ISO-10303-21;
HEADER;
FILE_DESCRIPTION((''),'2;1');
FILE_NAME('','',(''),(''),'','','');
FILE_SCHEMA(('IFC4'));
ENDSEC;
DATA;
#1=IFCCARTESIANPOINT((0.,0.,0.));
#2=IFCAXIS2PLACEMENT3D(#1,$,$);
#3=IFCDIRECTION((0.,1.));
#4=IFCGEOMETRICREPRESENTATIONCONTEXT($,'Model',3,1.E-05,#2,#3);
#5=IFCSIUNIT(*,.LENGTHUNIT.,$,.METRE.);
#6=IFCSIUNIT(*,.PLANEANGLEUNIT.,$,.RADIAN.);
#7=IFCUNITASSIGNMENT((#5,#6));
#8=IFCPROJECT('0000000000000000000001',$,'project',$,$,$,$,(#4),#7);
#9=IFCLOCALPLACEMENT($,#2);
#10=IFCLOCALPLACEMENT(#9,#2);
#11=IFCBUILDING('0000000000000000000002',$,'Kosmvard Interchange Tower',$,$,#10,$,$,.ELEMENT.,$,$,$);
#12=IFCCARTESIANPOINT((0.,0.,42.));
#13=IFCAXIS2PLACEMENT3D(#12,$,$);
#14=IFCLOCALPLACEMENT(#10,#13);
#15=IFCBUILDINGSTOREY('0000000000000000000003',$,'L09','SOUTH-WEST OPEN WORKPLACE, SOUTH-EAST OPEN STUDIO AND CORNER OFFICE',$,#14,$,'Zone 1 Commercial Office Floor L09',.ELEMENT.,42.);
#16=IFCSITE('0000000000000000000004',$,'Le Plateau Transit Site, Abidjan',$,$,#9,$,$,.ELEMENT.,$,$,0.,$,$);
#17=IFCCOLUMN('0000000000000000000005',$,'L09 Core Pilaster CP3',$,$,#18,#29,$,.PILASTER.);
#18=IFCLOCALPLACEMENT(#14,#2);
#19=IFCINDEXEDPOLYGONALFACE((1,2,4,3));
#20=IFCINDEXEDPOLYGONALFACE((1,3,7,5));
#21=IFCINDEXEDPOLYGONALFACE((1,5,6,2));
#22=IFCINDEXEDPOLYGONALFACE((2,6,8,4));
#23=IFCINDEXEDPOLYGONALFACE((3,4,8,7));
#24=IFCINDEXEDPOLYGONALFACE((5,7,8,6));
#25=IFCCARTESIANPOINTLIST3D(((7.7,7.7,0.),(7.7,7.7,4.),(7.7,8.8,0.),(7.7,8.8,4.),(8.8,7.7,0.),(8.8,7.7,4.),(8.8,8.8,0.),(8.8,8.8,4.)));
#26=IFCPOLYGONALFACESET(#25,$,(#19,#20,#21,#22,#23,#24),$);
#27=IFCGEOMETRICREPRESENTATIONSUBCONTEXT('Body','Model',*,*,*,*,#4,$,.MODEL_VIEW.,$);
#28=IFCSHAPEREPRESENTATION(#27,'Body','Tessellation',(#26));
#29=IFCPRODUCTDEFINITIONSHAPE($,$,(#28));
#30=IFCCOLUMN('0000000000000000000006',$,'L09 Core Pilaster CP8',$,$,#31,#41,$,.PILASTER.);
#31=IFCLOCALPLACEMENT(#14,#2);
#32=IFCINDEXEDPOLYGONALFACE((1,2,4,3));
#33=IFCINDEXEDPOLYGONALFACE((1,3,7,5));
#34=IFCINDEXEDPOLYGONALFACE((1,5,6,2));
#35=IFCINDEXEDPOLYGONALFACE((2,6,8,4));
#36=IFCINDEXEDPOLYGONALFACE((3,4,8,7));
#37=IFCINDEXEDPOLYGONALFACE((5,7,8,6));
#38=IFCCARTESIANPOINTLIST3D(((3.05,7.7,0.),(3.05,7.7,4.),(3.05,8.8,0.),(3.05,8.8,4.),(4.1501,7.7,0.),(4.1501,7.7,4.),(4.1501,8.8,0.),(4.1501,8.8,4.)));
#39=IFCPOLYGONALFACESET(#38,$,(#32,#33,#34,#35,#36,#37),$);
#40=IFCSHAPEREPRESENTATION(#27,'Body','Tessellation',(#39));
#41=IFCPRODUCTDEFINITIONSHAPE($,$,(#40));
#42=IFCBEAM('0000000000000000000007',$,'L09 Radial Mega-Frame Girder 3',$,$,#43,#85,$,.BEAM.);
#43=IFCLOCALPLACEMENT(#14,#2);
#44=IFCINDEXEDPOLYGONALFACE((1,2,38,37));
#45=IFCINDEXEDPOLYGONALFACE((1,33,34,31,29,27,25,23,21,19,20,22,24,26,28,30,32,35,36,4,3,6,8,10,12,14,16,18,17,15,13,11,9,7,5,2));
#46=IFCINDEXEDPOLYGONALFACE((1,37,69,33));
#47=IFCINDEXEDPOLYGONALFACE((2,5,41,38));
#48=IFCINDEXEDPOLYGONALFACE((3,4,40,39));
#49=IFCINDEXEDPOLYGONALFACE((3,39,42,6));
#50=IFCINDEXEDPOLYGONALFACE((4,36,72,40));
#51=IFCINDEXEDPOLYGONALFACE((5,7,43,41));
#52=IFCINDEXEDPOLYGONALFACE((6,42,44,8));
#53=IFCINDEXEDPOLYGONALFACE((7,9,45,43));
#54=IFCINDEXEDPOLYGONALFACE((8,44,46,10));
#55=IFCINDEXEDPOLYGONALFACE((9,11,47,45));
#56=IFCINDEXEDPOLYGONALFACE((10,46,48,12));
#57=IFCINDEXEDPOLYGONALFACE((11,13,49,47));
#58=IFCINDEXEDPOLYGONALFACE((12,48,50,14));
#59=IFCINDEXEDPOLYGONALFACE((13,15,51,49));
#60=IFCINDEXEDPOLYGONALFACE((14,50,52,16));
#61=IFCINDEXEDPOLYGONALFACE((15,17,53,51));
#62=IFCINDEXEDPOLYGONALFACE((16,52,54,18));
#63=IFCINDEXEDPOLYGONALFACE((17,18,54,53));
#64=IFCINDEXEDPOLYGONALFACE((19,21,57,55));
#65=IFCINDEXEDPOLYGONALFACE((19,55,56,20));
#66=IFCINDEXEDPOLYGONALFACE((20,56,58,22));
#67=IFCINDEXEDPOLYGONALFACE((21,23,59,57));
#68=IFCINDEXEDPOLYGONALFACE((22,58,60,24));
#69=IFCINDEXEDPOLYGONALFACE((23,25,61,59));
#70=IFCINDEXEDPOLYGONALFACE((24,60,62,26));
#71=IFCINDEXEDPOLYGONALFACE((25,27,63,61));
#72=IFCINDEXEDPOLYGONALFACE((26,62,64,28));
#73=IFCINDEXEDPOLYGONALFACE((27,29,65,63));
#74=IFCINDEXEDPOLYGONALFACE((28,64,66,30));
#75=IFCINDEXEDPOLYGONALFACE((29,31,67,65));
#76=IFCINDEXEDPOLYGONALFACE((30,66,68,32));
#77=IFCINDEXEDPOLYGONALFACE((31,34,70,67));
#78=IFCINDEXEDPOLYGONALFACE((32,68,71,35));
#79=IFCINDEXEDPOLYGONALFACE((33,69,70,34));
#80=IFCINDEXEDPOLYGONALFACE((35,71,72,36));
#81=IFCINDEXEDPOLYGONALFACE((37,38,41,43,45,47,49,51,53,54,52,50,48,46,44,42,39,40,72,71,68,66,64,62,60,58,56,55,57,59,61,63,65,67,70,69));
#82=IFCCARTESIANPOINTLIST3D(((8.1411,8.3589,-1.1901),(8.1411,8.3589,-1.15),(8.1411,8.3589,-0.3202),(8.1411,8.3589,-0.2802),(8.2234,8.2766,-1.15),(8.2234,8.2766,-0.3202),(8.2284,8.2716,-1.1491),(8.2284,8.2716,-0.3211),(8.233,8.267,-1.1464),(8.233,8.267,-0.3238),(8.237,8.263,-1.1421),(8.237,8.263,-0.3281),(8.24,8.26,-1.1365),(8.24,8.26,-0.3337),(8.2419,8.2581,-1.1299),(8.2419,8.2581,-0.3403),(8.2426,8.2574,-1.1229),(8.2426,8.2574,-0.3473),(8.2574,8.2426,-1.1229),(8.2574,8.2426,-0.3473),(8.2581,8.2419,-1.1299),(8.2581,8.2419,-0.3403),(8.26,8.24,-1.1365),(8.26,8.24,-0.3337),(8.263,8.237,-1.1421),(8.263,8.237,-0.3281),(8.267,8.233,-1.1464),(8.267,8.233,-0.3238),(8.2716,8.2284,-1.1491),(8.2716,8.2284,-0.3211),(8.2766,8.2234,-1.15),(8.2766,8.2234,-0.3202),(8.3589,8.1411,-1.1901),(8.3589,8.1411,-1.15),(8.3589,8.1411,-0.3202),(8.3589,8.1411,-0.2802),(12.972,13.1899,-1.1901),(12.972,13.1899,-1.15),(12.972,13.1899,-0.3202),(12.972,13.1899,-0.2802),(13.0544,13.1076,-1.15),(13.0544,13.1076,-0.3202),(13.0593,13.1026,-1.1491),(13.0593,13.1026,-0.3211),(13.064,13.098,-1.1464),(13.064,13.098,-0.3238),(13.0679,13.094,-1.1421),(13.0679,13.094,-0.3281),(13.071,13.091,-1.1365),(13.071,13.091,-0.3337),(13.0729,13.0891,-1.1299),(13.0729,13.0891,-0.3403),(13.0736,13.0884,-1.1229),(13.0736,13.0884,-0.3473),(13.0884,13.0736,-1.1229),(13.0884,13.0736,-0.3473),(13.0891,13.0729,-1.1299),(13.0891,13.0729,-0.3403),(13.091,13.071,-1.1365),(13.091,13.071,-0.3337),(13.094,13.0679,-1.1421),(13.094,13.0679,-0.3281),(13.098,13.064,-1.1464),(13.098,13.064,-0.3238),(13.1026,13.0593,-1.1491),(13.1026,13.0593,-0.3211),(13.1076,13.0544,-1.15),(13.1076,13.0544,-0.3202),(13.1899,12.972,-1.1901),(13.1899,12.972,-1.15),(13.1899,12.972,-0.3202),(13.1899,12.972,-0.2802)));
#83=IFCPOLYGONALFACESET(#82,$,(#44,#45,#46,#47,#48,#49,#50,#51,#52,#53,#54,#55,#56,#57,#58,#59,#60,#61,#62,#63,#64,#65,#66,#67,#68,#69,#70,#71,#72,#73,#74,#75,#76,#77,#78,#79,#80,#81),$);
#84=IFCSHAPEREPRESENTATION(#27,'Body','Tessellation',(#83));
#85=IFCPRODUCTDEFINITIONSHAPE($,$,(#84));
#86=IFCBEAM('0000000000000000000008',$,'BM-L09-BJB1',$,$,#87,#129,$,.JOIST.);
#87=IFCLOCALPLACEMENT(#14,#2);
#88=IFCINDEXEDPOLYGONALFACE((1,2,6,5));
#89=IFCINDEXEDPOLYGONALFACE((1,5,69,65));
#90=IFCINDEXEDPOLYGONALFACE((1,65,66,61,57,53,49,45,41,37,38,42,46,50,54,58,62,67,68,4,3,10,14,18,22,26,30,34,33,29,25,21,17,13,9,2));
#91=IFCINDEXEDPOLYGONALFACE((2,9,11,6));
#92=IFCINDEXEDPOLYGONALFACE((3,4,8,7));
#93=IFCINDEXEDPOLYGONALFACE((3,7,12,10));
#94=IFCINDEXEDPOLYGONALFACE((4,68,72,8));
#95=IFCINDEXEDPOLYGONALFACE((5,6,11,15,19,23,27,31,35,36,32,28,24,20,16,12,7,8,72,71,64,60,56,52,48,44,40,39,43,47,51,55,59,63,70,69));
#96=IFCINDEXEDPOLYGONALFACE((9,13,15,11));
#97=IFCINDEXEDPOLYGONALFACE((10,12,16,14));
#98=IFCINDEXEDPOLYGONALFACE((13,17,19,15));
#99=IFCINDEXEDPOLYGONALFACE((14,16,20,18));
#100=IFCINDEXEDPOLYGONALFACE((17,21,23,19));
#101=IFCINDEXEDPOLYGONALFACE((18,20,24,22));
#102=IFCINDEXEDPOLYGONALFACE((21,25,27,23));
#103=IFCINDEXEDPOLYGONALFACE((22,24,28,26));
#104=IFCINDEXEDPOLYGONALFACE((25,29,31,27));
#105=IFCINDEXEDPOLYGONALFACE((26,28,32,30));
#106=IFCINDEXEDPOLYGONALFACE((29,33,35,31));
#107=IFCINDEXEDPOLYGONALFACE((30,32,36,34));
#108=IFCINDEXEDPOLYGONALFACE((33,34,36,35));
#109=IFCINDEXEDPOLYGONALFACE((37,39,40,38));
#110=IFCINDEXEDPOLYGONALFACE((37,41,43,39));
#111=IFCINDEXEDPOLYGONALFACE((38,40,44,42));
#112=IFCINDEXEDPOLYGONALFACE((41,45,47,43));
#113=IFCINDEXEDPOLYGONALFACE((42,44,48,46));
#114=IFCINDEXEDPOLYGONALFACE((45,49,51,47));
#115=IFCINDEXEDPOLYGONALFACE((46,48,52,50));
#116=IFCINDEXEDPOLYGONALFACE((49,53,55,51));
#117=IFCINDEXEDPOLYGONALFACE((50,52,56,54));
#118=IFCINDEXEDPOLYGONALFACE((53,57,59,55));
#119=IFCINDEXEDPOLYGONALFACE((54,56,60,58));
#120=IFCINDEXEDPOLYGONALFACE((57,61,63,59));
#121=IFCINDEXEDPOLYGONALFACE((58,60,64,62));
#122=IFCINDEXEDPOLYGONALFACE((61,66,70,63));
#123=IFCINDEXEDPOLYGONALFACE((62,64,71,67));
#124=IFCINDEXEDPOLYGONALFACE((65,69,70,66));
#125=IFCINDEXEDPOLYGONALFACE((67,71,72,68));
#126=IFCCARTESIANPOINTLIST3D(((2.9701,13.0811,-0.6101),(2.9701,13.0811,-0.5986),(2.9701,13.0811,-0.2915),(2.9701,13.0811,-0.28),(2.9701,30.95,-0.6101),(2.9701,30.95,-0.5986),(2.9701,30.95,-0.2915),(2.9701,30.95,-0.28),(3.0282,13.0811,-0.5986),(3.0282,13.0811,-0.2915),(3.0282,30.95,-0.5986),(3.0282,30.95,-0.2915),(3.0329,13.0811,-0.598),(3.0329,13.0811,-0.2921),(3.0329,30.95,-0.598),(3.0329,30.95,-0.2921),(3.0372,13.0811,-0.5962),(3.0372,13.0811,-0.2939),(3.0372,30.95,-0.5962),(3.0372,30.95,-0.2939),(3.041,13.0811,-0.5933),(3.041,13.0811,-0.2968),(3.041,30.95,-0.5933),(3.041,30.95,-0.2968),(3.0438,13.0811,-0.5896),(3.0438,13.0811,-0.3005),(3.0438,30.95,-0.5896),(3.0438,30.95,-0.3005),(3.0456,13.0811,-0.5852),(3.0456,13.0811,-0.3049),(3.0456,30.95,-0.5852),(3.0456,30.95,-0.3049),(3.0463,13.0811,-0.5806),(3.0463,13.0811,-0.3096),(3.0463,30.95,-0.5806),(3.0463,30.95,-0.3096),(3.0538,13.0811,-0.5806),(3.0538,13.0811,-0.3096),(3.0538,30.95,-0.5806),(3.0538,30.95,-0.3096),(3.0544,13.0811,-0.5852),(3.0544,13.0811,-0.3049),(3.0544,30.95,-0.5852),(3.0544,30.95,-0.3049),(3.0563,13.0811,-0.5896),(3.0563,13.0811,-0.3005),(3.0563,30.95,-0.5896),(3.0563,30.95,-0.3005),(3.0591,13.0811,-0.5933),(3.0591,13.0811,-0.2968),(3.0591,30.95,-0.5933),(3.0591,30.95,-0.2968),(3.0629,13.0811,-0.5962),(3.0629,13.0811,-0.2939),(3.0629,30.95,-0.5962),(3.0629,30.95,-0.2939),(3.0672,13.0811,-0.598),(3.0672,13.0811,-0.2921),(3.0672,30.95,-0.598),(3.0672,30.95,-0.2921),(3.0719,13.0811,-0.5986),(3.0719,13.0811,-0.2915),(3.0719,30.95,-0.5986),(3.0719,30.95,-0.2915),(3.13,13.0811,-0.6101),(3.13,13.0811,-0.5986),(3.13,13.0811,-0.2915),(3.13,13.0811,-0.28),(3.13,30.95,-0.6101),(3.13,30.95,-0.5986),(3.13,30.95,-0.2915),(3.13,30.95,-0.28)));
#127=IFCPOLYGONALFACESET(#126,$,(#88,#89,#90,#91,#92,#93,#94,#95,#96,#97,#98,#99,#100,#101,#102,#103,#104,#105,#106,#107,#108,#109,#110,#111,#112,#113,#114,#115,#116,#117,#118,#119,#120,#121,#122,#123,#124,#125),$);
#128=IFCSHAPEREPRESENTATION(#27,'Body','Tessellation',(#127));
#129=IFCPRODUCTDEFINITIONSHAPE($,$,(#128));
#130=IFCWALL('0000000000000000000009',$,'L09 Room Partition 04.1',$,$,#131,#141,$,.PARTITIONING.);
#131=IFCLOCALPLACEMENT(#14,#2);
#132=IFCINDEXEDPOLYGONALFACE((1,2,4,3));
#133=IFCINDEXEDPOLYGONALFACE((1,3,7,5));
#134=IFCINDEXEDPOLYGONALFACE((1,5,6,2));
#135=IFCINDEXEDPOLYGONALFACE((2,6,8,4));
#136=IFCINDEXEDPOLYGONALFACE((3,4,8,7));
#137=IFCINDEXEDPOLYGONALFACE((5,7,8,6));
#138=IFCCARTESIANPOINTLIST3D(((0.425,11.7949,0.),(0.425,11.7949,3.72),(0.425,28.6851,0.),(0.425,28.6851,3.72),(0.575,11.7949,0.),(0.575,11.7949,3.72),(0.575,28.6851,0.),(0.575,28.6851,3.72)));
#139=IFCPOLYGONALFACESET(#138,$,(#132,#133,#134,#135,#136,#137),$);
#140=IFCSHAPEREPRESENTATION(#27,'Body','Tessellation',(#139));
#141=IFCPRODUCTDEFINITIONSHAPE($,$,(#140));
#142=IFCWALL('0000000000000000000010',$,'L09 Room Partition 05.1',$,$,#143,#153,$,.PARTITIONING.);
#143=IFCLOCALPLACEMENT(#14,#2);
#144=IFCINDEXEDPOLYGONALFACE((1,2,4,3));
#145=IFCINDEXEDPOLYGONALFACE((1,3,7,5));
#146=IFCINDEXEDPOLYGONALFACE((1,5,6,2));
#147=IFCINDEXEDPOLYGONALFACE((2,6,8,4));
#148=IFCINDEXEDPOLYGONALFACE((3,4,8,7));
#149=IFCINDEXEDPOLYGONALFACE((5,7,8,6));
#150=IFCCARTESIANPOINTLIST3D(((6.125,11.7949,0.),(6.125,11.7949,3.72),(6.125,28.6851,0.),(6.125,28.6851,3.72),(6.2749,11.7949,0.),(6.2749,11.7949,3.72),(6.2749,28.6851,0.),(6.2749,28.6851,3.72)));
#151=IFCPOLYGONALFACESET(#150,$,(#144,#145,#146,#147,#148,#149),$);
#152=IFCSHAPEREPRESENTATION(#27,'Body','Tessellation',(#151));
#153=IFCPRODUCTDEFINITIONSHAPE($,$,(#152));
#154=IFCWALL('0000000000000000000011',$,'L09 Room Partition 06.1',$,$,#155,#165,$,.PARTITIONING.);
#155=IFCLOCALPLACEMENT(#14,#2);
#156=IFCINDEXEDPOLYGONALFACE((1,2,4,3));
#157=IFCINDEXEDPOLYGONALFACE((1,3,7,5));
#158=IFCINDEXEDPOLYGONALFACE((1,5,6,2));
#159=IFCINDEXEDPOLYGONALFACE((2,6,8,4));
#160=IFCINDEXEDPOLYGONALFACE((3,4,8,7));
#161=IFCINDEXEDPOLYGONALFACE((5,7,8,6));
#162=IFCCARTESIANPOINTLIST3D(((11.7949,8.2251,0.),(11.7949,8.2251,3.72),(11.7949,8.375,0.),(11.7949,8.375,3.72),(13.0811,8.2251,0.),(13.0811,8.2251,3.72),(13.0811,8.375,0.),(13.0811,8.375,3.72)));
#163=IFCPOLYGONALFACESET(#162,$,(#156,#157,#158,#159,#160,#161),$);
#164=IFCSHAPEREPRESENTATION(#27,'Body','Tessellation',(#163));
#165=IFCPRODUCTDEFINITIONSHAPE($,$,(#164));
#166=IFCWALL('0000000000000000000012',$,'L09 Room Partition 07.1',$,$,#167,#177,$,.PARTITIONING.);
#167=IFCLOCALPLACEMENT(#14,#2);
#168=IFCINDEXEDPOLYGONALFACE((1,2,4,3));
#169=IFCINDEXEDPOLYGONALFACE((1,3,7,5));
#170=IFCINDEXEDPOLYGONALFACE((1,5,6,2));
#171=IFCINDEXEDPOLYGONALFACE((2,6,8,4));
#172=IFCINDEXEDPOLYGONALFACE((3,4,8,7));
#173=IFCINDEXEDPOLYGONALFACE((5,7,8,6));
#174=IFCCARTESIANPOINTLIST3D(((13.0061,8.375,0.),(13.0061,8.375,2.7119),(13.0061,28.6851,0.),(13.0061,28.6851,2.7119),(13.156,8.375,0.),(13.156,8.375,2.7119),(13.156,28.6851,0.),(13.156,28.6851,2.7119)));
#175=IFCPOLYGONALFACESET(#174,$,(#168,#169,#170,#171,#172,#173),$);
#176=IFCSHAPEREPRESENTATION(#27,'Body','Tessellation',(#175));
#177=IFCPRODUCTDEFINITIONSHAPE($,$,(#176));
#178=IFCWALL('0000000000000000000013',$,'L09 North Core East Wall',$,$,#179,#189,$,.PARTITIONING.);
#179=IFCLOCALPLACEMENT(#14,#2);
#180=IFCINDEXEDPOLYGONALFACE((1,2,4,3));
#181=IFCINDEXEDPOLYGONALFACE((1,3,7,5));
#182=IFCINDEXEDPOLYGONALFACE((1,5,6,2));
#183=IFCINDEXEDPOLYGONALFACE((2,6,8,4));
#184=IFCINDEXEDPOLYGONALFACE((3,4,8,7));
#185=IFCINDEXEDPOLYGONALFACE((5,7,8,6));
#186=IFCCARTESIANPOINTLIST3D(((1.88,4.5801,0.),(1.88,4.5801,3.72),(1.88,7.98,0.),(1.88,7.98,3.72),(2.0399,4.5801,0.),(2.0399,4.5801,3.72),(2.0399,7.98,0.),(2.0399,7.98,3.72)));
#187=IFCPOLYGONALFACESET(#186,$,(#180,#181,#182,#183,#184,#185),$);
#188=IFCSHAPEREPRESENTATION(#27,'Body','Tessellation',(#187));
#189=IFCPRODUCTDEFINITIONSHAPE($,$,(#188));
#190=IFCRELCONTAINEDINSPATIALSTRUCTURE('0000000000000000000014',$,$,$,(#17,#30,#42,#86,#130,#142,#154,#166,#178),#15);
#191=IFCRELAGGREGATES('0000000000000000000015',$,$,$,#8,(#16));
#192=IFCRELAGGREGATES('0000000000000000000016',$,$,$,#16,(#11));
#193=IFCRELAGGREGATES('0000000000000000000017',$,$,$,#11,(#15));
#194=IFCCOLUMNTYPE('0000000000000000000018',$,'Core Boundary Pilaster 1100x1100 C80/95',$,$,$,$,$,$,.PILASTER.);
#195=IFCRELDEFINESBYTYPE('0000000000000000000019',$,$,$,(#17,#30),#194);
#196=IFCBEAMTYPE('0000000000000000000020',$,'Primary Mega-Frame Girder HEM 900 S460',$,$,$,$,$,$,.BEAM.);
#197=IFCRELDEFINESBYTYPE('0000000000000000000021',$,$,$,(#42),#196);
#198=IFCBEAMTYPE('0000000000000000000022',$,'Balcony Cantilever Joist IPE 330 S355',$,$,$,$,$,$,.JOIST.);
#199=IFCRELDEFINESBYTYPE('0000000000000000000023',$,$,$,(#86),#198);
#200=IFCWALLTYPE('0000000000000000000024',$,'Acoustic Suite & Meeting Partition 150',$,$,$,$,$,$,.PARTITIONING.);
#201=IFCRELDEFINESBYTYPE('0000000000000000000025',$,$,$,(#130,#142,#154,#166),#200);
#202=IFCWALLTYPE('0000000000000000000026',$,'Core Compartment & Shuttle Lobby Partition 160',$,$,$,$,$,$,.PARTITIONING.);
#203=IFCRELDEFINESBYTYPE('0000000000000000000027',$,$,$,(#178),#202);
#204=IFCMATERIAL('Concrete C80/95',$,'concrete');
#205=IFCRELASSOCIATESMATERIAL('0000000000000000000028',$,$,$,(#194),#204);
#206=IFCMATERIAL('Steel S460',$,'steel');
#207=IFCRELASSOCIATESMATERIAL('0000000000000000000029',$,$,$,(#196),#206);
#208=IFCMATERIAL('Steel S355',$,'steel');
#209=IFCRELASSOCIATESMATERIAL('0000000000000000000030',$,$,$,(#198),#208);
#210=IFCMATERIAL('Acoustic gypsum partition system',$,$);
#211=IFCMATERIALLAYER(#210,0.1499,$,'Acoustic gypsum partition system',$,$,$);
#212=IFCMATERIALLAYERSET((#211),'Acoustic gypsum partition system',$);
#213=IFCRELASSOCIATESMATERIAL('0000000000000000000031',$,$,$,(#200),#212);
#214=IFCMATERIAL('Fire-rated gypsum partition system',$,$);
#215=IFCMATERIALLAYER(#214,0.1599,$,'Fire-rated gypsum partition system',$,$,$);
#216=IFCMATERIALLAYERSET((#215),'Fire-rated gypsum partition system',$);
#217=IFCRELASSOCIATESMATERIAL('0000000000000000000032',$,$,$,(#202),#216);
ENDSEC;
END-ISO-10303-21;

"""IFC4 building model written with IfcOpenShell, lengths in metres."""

from ifc_helpers import new_model, si_unit, direction, frame, frame_2d, origin, origin_2d, place, context, subcontext, project, spatial, rectangle, i_section, extrude, source, transform, mapped, material, layer, layer_set, material_profile, profile_set, type_object, element, save


model = new_model("IFC4")

# Units and contexts
model_context = context("Model", 3, precision=1e-05, world=origin(), true_north=direction((0.0, 1.0)))
body_context = subcontext(model_context, "Body", "Model", "MODEL_VIEW")
ifc_project = project(units=[si_unit("LENGTHUNIT", "METRE"), si_unit("PLANEANGLEUNIT", "RADIAN")], contexts=[model_context])

# Site, building, storey
site_placement = place(None, origin())
site = spatial("IfcSite", under=ifc_project, at=site_placement, Name="Le Plateau Transit Site, Abidjan", CompositionType="ELEMENT", RefElevation=0.0)
building_placement = place(site_placement, origin())
building = spatial("IfcBuilding", under=site, at=building_placement, Name="Kosmvard Interchange Tower", CompositionType="ELEMENT")
storey_placement = place(building_placement, frame((0.0, 0.0, 42.0)))
storey = spatial("IfcBuildingStorey", under=building, at=storey_placement, Name="L09", Description="SOUTH-WEST OPEN WORKPLACE, SOUTH-EAST OPEN STUDIO AND CORNER OFFICE", LongName="Zone 1 Commercial Office Floor L09", CompositionType="ELEMENT", Elevation=42.0)

# Columns
ifc_material_1 = material(Name="Concrete C80/95", Category="concrete")
ifc_material_profile_1 = material_profile(ifc_material_1, rectangle(XDim=1.1001, YDim=1.1001, at=origin_2d()), Name="CP 1100x1100")
ifc_profile_set_1 = profile_set([ifc_material_profile_1], Name="Concrete C80/95")
column_type = type_object("IfcColumnType", Name="Core Boundary Pilaster 1100x1100 C80/95", PredefinedType="PILASTER", material=ifc_profile_set_1)
shared_shape_1 = source(origin(), body_context, "Body", "SweptSolid", [
    extrude(rectangle(XDim=1.1001, YDim=1.1001, at=origin_2d()), origin(), (0.0, 0.0, 1.0), 4.0),
])
for number, where, z_axis, x_axis, name in (
    (1, (8.25, 8.25, 0.0), (0.0, 0.0, 1.0), (1.0, 0.0, 0.0), "L09 Core Pilaster CP3"),
    (2, (3.6001, 8.25, 0.0), (0.0, 0.0, 1.0), (1.0, 0.0, 0.0), "L09 Core Pilaster CP8"),
):
    element("IfcColumn", number, at=place(storey_placement, frame(where, z_axis=z_axis, x_axis=x_axis)), inside=storey, type_object=column_type, Name=name, PredefinedType="PILASTER", context=body_context, shape_type="MappedRepresentation", body=[
        mapped(shared_shape_1, transform((0.0, 0.0, 0.0), scale=1.0)),
    ])

# Beams
ifc_material_2 = material(Name="Steel S460", Category="steel")
ifc_material_profile_2 = material_profile(ifc_material_2, i_section(OverallWidth=0.3081, OverallDepth=0.9099, WebThickness=0.021, FlangeThickness=0.04, FilletRadius=0.0271, at=origin_2d()), Name="HEM 900")
ifc_profile_set_2 = profile_set([ifc_material_profile_2], Name="Steel S460")
beam_type_1 = type_object("IfcBeamType", Name="Primary Mega-Frame Girder HEM 900 S460", PredefinedType="BEAM", material=ifc_profile_set_2)
shared_shape_2 = source(origin(), body_context, "Body", "SweptSolid", [
    extrude(i_section(OverallWidth=0.3081, OverallDepth=0.9099, WebThickness=0.021, FlangeThickness=0.04, FilletRadius=0.0271, at=origin_2d()), origin(), (0.0, 0.0, 1.0), 6.832),
])
beam_1_placement = place(storey_placement, frame((8.25, 8.25, -0.7351), z_axis=(0.707107, 0.707107, 0.0), x_axis=(-0.707107, 0.707107, 0.0)))
element("IfcBeam", 3, at=beam_1_placement, inside=storey, type_object=beam_type_1, Name="L09 Radial Mega-Frame Girder 3", PredefinedType="BEAM", context=body_context, shape_type="MappedRepresentation", body=[
    mapped(shared_shape_2, transform((0.0, 0.0, 0.0), scale=1.0)),
])
ifc_material_3 = material(Name="Steel S355", Category="steel")
ifc_material_profile_3 = material_profile(ifc_material_3, i_section(OverallWidth=0.1599, OverallDepth=0.3301, WebThickness=0.0076, FlangeThickness=0.0115, FilletRadius=0.0181, at=origin_2d()), Name="IPE 330")
ifc_profile_set_3 = profile_set([ifc_material_profile_3], Name="Steel S355")
beam_type_2 = type_object("IfcBeamType", Name="Balcony Cantilever Joist IPE 330 S355", PredefinedType="JOIST", material=ifc_profile_set_3)
shared_shape_3 = source(origin(), body_context, "Body", "SweptSolid", [
    extrude(i_section(OverallWidth=0.1599, OverallDepth=0.3301, WebThickness=0.0076, FlangeThickness=0.0115, FilletRadius=0.0181, at=origin_2d()), origin(), (0.0, 0.0, 1.0), 17.8689),
])
beam_2_placement = place(storey_placement, frame((3.05, 13.0811, -0.4451), z_axis=(0.0, 1.0, 0.0), x_axis=(-1.0, 0.0, 0.0)))
element("IfcBeam", 4, at=beam_2_placement, inside=storey, type_object=beam_type_2, Name="BM-L09-BJB1", PredefinedType="JOIST", context=body_context, shape_type="MappedRepresentation", body=[
    mapped(shared_shape_3, transform((0.0, 0.0, 0.0), scale=1.0)),
])

# Walls
ifc_material_4 = material(Name="Acoustic gypsum partition system")
ifc_layer_1 = layer(ifc_material_4, 0.1499, Name="Acoustic gypsum partition system")
ifc_layer_set_1 = layer_set([ifc_layer_1], Name="Acoustic gypsum partition system")
wall_type_1 = type_object("IfcWallType", Name="Acoustic Suite & Meeting Partition 150", PredefinedType="PARTITIONING", material=ifc_layer_set_1)
for number, where, z_axis, x_axis, name in (
    (5, (0.5, 11.7949, 0.0), (0.0, 0.0, 1.0), (0.0, 1.0, 0.0), "L09 Room Partition 04.1"),
    (6, (6.2, 11.7949, 0.0), (0.0, 0.0, 1.0), (0.0, 1.0, 0.0), "L09 Room Partition 05.1"),
):
    element("IfcWall", number, at=place(storey_placement, frame(where, z_axis=z_axis, x_axis=x_axis)), inside=storey, type_object=wall_type_1, Name=name, PredefinedType="PARTITIONING", context=body_context, shape_type="SweptSolid", body=[
        extrude(rectangle(XDim=16.8901, YDim=0.1499, at=frame_2d((8.4451, 0.0))), origin(), (0.0, 0.0, 1.0), 3.72),
    ])
wall_1_placement = place(storey_placement, frame((11.7949, 8.3, 0.0), z_axis=(0.0, 0.0, 1.0), x_axis=(1.0, 0.0, 0.0)))
element("IfcWall", 7, at=wall_1_placement, inside=storey, type_object=wall_type_1, Name="L09 Room Partition 06.1", PredefinedType="PARTITIONING", context=body_context, shape_type="SweptSolid", body=[
    extrude(rectangle(XDim=1.2861, YDim=0.1499, at=frame_2d((0.6431, 0.0))), origin(), (0.0, 0.0, 1.0), 3.72),
])
wall_2_placement = place(storey_placement, frame((13.0811, 8.375, 0.0), z_axis=(0.0, 0.0, 1.0), x_axis=(0.0, 1.0, 0.0)))
element("IfcWall", 8, at=wall_2_placement, inside=storey, type_object=wall_type_1, Name="L09 Room Partition 07.1", PredefinedType="PARTITIONING", context=body_context, shape_type="SweptSolid", body=[
    extrude(rectangle(XDim=20.3101, YDim=0.1499, at=frame_2d((10.155, 0.0))), origin(), (0.0, 0.0, 1.0), 2.7119),
])
ifc_material_5 = material(Name="Fire-rated gypsum partition system")
ifc_layer_2 = layer(ifc_material_5, 0.1599, Name="Fire-rated gypsum partition system")
ifc_layer_set_2 = layer_set([ifc_layer_2], Name="Fire-rated gypsum partition system")
wall_type_2 = type_object("IfcWallType", Name="Core Compartment & Shuttle Lobby Partition 160", PredefinedType="PARTITIONING", material=ifc_layer_set_2)
wall_3_placement = place(storey_placement, frame((1.96, 4.5801, 0.0), z_axis=(0.0, 0.0, 1.0), x_axis=(0.0, 1.0, 0.0)))
element("IfcWall", 9, at=wall_3_placement, inside=storey, type_object=wall_type_2, Name="L09 North Core East Wall", PredefinedType="PARTITIONING", context=body_context, shape_type="SweptSolid", body=[
    extrude(rectangle(XDim=3.3999, YDim=0.1599, at=frame_2d((1.7, 0.0))), origin(), (0.0, 0.0, 1.0), 3.72),
])

save(model, "model.ifc")
